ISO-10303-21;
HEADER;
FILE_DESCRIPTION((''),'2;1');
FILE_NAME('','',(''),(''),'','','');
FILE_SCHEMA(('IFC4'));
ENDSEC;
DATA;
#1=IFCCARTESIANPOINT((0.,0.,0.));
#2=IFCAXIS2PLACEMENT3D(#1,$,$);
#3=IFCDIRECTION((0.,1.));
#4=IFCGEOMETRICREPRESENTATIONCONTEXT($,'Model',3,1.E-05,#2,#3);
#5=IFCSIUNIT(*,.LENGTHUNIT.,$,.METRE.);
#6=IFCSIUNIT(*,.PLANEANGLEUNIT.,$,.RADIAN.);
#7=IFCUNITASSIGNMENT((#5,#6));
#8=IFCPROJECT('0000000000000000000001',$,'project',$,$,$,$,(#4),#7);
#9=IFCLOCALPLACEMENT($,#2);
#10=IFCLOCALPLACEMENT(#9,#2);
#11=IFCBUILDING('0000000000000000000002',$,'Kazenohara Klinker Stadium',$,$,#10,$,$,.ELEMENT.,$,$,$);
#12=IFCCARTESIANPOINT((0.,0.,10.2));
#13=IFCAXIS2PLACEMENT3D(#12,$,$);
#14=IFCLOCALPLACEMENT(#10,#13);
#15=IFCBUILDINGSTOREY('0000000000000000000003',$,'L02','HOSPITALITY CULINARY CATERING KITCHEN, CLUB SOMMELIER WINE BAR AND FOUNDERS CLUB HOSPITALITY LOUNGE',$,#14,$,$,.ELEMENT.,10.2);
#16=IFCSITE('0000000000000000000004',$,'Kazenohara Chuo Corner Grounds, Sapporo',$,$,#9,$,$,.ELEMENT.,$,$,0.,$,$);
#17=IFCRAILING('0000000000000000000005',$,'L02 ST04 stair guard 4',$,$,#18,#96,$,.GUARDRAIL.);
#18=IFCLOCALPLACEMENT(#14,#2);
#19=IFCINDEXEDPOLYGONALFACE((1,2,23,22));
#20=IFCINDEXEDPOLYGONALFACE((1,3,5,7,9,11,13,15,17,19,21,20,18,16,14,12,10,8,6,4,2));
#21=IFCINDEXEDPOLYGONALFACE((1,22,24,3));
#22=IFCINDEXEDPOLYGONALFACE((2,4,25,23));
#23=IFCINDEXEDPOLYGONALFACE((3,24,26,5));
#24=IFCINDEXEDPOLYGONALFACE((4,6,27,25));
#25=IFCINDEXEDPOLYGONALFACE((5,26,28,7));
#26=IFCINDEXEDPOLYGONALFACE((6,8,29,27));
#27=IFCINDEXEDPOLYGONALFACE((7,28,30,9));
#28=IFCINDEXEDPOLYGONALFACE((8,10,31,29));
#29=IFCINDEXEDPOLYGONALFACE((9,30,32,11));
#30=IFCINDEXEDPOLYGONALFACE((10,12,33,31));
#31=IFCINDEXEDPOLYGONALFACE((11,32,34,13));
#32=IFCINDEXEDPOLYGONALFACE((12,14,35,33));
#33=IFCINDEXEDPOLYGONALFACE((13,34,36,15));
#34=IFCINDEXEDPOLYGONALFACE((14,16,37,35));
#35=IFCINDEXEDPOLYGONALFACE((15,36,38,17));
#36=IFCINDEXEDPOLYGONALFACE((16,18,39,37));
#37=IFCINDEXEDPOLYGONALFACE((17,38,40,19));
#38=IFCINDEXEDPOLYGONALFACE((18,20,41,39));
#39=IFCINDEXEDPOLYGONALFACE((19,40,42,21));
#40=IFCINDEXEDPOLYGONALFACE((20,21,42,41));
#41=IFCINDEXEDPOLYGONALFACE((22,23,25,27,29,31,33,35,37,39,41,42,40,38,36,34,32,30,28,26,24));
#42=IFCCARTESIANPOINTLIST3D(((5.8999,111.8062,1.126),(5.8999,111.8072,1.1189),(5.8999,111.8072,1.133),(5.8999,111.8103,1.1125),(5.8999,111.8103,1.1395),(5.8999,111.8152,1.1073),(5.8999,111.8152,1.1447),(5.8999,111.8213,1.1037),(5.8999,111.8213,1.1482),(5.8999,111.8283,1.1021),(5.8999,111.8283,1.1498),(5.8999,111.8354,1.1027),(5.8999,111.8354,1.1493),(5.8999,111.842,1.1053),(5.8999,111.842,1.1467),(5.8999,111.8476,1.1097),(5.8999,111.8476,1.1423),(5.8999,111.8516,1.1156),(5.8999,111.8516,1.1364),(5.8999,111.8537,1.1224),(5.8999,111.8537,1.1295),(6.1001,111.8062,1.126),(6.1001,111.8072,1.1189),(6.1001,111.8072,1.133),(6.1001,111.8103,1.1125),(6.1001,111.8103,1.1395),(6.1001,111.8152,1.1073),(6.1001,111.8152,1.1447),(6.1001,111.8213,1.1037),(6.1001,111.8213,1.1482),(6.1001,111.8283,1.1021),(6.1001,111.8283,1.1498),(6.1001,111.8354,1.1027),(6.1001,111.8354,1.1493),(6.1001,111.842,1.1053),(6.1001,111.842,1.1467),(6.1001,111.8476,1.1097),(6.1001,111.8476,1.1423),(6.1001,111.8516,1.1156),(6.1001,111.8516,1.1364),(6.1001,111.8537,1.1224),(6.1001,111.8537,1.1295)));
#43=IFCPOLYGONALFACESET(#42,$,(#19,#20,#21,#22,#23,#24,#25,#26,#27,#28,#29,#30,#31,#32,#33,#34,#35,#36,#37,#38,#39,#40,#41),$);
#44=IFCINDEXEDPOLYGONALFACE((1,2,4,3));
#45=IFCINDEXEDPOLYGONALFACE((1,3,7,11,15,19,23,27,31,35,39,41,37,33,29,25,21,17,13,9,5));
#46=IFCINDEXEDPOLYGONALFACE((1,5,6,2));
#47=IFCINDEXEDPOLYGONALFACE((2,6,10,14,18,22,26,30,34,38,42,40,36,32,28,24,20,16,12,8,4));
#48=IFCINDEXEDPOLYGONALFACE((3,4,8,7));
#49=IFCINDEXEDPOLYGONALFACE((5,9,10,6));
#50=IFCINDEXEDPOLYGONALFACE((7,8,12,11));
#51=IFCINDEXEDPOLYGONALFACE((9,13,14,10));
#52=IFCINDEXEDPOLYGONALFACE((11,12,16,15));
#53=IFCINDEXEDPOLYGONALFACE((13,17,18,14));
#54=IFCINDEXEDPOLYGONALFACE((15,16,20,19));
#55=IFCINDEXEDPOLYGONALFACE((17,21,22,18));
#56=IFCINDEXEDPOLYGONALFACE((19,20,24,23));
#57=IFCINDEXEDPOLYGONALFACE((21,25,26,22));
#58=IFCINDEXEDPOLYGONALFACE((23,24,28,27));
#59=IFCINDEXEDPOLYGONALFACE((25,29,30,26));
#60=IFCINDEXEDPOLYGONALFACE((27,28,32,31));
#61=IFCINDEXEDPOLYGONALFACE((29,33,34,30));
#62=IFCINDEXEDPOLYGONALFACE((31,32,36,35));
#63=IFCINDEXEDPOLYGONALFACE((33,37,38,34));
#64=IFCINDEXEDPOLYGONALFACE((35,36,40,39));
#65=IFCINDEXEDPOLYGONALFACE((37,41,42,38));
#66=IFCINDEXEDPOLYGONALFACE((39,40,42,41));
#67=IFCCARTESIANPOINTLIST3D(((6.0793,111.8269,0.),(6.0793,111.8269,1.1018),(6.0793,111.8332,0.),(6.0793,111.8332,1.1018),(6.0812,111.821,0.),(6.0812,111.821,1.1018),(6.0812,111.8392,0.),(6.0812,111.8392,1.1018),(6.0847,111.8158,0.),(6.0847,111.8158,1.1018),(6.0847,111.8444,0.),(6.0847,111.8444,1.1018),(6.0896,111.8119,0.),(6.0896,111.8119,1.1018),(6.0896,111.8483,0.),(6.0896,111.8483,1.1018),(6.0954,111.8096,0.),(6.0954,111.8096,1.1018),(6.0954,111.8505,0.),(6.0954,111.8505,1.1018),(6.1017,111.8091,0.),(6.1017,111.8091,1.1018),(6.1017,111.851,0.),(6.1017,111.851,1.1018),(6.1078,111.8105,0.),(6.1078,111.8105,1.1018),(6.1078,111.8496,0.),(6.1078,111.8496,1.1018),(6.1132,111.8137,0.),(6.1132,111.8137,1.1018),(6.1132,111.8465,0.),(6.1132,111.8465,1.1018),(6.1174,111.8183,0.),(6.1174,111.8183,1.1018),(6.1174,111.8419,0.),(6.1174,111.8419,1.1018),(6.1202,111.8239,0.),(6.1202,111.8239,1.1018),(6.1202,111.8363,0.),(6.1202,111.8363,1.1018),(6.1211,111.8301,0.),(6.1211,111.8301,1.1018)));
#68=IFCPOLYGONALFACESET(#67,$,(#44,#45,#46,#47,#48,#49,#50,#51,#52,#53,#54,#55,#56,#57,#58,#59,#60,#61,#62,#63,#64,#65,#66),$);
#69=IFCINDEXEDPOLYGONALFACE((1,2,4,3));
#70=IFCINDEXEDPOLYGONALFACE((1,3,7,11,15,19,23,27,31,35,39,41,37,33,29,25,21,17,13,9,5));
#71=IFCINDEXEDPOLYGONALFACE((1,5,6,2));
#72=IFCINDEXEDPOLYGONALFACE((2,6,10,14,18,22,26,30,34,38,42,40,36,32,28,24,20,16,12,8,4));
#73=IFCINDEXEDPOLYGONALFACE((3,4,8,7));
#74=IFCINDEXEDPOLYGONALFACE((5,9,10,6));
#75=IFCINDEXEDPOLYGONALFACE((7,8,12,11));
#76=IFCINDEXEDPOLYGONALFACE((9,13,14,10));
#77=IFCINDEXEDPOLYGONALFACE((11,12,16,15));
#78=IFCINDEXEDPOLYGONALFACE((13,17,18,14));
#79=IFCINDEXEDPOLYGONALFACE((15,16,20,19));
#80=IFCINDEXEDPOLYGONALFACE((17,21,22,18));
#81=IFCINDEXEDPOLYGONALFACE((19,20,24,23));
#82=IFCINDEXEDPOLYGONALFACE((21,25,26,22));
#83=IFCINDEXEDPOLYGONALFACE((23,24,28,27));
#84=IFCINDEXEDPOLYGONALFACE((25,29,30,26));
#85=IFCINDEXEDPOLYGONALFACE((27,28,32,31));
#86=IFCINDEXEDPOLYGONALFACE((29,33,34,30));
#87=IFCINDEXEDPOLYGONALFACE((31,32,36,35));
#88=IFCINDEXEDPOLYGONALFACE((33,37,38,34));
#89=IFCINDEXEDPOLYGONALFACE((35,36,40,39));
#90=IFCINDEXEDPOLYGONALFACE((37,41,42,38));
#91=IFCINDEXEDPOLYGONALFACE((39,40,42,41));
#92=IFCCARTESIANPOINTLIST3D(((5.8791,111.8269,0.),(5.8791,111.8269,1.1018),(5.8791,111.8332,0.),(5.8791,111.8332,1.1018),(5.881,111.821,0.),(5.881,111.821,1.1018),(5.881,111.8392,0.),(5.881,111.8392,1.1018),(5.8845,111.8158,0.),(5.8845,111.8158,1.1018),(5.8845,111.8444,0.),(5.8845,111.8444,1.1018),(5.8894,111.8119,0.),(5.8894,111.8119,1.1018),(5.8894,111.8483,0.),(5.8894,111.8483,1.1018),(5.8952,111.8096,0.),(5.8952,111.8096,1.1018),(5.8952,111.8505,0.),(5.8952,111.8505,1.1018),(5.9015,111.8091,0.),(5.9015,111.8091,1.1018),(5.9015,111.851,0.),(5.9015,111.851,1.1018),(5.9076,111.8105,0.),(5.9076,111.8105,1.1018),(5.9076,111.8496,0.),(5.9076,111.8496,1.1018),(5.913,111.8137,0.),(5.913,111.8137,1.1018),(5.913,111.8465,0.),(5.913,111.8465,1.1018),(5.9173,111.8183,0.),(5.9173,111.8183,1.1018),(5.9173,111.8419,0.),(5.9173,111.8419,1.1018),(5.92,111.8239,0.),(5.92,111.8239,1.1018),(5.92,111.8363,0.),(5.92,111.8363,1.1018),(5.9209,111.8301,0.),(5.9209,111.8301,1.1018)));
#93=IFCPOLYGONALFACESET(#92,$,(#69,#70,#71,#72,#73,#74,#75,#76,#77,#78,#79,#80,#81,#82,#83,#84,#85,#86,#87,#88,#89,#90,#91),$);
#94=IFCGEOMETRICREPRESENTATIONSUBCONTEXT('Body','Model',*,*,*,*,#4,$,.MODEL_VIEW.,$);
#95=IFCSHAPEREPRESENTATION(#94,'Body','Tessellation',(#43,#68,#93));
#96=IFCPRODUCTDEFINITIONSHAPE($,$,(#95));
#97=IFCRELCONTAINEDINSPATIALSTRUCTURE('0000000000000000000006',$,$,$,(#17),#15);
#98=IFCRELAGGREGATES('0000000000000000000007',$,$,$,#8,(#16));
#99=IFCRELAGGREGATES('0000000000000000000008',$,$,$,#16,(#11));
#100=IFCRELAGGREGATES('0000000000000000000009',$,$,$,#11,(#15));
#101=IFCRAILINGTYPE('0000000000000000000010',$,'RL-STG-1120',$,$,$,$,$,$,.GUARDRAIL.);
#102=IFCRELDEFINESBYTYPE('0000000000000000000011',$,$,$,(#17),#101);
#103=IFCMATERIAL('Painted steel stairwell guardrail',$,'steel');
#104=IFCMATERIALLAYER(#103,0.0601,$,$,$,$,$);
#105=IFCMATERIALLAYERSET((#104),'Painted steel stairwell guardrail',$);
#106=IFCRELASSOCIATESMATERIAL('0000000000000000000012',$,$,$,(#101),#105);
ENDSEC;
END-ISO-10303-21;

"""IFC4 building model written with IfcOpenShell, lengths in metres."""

from ifc_helpers import new_model, si_unit, direction, frame, origin, origin_2d, place, context, subcontext, project, spatial, circle, extrude, material, layer, layer_set, type_object, element, save


model = new_model("IFC4")

# Units and contexts
model_context = context("Model", 3, precision=1e-05, world=origin(), true_north=direction((0.0, 1.0)))
body_context = subcontext(model_context, "Body", "Model", "MODEL_VIEW")
ifc_project = project(units=[si_unit("LENGTHUNIT", "METRE"), si_unit("PLANEANGLEUNIT", "RADIAN")], contexts=[model_context])

# Site, building, storey
site_placement = place(None, origin())
site = spatial("IfcSite", under=ifc_project, at=site_placement, Name="Kazenohara Chuo Corner Grounds, Sapporo", CompositionType="ELEMENT", RefElevation=0.0)
building_placement = place(site_placement, origin())
building = spatial("IfcBuilding", under=site, at=building_placement, Name="Kazenohara Klinker Stadium", CompositionType="ELEMENT")
storey_placement = place(building_placement, frame((0.0, 0.0, 10.2)))
storey = spatial("IfcBuildingStorey", under=building, at=storey_placement, Name="L02", Description="HOSPITALITY CULINARY CATERING KITCHEN, CLUB SOMMELIER WINE BAR AND FOUNDERS CLUB HOSPITALITY LOUNGE", CompositionType="ELEMENT", Elevation=10.2)

# Railing
ifc_material_1 = material(Name="Painted steel stairwell guardrail", Category="steel")
ifc_layer_1 = layer(ifc_material_1, 0.0601)
ifc_layer_set_1 = layer_set([ifc_layer_1], Name="Painted steel stairwell guardrail")
railing_type_1 = type_object("IfcRailingType", Name="RL-STG-1120", PredefinedType="GUARDRAIL", material=ifc_layer_set_1)
railing_1_placement = place(storey_placement, frame((6.1001, 111.8301, 0.0)))
element("IfcRailing", 1, at=railing_1_placement, inside=storey, type_object=railing_type_1, Name="L02 ST04 stair guard 4", PredefinedType="GUARDRAIL", context=body_context, shape_type="SweptSolid", body=[
    extrude(circle(Radius=0.0239, at=origin_2d()), frame((0.0, 0.0, 1.126), z_axis=(-1.0, 0.0, 0.0), x_axis=(0.0, -1.0, 0.0)), (0.0, 0.0, 1.0), 0.2002),
    extrude(circle(Radius=0.021, at=origin_2d()), origin(), (0.0, 0.0, 1.0), 1.1018),
    extrude(circle(Radius=0.021, at=origin_2d()), frame((-0.2002, 0.0, 0.0)), (0.0, 0.0, 1.0), 1.1018),
])

save(model, "model.ifc")
